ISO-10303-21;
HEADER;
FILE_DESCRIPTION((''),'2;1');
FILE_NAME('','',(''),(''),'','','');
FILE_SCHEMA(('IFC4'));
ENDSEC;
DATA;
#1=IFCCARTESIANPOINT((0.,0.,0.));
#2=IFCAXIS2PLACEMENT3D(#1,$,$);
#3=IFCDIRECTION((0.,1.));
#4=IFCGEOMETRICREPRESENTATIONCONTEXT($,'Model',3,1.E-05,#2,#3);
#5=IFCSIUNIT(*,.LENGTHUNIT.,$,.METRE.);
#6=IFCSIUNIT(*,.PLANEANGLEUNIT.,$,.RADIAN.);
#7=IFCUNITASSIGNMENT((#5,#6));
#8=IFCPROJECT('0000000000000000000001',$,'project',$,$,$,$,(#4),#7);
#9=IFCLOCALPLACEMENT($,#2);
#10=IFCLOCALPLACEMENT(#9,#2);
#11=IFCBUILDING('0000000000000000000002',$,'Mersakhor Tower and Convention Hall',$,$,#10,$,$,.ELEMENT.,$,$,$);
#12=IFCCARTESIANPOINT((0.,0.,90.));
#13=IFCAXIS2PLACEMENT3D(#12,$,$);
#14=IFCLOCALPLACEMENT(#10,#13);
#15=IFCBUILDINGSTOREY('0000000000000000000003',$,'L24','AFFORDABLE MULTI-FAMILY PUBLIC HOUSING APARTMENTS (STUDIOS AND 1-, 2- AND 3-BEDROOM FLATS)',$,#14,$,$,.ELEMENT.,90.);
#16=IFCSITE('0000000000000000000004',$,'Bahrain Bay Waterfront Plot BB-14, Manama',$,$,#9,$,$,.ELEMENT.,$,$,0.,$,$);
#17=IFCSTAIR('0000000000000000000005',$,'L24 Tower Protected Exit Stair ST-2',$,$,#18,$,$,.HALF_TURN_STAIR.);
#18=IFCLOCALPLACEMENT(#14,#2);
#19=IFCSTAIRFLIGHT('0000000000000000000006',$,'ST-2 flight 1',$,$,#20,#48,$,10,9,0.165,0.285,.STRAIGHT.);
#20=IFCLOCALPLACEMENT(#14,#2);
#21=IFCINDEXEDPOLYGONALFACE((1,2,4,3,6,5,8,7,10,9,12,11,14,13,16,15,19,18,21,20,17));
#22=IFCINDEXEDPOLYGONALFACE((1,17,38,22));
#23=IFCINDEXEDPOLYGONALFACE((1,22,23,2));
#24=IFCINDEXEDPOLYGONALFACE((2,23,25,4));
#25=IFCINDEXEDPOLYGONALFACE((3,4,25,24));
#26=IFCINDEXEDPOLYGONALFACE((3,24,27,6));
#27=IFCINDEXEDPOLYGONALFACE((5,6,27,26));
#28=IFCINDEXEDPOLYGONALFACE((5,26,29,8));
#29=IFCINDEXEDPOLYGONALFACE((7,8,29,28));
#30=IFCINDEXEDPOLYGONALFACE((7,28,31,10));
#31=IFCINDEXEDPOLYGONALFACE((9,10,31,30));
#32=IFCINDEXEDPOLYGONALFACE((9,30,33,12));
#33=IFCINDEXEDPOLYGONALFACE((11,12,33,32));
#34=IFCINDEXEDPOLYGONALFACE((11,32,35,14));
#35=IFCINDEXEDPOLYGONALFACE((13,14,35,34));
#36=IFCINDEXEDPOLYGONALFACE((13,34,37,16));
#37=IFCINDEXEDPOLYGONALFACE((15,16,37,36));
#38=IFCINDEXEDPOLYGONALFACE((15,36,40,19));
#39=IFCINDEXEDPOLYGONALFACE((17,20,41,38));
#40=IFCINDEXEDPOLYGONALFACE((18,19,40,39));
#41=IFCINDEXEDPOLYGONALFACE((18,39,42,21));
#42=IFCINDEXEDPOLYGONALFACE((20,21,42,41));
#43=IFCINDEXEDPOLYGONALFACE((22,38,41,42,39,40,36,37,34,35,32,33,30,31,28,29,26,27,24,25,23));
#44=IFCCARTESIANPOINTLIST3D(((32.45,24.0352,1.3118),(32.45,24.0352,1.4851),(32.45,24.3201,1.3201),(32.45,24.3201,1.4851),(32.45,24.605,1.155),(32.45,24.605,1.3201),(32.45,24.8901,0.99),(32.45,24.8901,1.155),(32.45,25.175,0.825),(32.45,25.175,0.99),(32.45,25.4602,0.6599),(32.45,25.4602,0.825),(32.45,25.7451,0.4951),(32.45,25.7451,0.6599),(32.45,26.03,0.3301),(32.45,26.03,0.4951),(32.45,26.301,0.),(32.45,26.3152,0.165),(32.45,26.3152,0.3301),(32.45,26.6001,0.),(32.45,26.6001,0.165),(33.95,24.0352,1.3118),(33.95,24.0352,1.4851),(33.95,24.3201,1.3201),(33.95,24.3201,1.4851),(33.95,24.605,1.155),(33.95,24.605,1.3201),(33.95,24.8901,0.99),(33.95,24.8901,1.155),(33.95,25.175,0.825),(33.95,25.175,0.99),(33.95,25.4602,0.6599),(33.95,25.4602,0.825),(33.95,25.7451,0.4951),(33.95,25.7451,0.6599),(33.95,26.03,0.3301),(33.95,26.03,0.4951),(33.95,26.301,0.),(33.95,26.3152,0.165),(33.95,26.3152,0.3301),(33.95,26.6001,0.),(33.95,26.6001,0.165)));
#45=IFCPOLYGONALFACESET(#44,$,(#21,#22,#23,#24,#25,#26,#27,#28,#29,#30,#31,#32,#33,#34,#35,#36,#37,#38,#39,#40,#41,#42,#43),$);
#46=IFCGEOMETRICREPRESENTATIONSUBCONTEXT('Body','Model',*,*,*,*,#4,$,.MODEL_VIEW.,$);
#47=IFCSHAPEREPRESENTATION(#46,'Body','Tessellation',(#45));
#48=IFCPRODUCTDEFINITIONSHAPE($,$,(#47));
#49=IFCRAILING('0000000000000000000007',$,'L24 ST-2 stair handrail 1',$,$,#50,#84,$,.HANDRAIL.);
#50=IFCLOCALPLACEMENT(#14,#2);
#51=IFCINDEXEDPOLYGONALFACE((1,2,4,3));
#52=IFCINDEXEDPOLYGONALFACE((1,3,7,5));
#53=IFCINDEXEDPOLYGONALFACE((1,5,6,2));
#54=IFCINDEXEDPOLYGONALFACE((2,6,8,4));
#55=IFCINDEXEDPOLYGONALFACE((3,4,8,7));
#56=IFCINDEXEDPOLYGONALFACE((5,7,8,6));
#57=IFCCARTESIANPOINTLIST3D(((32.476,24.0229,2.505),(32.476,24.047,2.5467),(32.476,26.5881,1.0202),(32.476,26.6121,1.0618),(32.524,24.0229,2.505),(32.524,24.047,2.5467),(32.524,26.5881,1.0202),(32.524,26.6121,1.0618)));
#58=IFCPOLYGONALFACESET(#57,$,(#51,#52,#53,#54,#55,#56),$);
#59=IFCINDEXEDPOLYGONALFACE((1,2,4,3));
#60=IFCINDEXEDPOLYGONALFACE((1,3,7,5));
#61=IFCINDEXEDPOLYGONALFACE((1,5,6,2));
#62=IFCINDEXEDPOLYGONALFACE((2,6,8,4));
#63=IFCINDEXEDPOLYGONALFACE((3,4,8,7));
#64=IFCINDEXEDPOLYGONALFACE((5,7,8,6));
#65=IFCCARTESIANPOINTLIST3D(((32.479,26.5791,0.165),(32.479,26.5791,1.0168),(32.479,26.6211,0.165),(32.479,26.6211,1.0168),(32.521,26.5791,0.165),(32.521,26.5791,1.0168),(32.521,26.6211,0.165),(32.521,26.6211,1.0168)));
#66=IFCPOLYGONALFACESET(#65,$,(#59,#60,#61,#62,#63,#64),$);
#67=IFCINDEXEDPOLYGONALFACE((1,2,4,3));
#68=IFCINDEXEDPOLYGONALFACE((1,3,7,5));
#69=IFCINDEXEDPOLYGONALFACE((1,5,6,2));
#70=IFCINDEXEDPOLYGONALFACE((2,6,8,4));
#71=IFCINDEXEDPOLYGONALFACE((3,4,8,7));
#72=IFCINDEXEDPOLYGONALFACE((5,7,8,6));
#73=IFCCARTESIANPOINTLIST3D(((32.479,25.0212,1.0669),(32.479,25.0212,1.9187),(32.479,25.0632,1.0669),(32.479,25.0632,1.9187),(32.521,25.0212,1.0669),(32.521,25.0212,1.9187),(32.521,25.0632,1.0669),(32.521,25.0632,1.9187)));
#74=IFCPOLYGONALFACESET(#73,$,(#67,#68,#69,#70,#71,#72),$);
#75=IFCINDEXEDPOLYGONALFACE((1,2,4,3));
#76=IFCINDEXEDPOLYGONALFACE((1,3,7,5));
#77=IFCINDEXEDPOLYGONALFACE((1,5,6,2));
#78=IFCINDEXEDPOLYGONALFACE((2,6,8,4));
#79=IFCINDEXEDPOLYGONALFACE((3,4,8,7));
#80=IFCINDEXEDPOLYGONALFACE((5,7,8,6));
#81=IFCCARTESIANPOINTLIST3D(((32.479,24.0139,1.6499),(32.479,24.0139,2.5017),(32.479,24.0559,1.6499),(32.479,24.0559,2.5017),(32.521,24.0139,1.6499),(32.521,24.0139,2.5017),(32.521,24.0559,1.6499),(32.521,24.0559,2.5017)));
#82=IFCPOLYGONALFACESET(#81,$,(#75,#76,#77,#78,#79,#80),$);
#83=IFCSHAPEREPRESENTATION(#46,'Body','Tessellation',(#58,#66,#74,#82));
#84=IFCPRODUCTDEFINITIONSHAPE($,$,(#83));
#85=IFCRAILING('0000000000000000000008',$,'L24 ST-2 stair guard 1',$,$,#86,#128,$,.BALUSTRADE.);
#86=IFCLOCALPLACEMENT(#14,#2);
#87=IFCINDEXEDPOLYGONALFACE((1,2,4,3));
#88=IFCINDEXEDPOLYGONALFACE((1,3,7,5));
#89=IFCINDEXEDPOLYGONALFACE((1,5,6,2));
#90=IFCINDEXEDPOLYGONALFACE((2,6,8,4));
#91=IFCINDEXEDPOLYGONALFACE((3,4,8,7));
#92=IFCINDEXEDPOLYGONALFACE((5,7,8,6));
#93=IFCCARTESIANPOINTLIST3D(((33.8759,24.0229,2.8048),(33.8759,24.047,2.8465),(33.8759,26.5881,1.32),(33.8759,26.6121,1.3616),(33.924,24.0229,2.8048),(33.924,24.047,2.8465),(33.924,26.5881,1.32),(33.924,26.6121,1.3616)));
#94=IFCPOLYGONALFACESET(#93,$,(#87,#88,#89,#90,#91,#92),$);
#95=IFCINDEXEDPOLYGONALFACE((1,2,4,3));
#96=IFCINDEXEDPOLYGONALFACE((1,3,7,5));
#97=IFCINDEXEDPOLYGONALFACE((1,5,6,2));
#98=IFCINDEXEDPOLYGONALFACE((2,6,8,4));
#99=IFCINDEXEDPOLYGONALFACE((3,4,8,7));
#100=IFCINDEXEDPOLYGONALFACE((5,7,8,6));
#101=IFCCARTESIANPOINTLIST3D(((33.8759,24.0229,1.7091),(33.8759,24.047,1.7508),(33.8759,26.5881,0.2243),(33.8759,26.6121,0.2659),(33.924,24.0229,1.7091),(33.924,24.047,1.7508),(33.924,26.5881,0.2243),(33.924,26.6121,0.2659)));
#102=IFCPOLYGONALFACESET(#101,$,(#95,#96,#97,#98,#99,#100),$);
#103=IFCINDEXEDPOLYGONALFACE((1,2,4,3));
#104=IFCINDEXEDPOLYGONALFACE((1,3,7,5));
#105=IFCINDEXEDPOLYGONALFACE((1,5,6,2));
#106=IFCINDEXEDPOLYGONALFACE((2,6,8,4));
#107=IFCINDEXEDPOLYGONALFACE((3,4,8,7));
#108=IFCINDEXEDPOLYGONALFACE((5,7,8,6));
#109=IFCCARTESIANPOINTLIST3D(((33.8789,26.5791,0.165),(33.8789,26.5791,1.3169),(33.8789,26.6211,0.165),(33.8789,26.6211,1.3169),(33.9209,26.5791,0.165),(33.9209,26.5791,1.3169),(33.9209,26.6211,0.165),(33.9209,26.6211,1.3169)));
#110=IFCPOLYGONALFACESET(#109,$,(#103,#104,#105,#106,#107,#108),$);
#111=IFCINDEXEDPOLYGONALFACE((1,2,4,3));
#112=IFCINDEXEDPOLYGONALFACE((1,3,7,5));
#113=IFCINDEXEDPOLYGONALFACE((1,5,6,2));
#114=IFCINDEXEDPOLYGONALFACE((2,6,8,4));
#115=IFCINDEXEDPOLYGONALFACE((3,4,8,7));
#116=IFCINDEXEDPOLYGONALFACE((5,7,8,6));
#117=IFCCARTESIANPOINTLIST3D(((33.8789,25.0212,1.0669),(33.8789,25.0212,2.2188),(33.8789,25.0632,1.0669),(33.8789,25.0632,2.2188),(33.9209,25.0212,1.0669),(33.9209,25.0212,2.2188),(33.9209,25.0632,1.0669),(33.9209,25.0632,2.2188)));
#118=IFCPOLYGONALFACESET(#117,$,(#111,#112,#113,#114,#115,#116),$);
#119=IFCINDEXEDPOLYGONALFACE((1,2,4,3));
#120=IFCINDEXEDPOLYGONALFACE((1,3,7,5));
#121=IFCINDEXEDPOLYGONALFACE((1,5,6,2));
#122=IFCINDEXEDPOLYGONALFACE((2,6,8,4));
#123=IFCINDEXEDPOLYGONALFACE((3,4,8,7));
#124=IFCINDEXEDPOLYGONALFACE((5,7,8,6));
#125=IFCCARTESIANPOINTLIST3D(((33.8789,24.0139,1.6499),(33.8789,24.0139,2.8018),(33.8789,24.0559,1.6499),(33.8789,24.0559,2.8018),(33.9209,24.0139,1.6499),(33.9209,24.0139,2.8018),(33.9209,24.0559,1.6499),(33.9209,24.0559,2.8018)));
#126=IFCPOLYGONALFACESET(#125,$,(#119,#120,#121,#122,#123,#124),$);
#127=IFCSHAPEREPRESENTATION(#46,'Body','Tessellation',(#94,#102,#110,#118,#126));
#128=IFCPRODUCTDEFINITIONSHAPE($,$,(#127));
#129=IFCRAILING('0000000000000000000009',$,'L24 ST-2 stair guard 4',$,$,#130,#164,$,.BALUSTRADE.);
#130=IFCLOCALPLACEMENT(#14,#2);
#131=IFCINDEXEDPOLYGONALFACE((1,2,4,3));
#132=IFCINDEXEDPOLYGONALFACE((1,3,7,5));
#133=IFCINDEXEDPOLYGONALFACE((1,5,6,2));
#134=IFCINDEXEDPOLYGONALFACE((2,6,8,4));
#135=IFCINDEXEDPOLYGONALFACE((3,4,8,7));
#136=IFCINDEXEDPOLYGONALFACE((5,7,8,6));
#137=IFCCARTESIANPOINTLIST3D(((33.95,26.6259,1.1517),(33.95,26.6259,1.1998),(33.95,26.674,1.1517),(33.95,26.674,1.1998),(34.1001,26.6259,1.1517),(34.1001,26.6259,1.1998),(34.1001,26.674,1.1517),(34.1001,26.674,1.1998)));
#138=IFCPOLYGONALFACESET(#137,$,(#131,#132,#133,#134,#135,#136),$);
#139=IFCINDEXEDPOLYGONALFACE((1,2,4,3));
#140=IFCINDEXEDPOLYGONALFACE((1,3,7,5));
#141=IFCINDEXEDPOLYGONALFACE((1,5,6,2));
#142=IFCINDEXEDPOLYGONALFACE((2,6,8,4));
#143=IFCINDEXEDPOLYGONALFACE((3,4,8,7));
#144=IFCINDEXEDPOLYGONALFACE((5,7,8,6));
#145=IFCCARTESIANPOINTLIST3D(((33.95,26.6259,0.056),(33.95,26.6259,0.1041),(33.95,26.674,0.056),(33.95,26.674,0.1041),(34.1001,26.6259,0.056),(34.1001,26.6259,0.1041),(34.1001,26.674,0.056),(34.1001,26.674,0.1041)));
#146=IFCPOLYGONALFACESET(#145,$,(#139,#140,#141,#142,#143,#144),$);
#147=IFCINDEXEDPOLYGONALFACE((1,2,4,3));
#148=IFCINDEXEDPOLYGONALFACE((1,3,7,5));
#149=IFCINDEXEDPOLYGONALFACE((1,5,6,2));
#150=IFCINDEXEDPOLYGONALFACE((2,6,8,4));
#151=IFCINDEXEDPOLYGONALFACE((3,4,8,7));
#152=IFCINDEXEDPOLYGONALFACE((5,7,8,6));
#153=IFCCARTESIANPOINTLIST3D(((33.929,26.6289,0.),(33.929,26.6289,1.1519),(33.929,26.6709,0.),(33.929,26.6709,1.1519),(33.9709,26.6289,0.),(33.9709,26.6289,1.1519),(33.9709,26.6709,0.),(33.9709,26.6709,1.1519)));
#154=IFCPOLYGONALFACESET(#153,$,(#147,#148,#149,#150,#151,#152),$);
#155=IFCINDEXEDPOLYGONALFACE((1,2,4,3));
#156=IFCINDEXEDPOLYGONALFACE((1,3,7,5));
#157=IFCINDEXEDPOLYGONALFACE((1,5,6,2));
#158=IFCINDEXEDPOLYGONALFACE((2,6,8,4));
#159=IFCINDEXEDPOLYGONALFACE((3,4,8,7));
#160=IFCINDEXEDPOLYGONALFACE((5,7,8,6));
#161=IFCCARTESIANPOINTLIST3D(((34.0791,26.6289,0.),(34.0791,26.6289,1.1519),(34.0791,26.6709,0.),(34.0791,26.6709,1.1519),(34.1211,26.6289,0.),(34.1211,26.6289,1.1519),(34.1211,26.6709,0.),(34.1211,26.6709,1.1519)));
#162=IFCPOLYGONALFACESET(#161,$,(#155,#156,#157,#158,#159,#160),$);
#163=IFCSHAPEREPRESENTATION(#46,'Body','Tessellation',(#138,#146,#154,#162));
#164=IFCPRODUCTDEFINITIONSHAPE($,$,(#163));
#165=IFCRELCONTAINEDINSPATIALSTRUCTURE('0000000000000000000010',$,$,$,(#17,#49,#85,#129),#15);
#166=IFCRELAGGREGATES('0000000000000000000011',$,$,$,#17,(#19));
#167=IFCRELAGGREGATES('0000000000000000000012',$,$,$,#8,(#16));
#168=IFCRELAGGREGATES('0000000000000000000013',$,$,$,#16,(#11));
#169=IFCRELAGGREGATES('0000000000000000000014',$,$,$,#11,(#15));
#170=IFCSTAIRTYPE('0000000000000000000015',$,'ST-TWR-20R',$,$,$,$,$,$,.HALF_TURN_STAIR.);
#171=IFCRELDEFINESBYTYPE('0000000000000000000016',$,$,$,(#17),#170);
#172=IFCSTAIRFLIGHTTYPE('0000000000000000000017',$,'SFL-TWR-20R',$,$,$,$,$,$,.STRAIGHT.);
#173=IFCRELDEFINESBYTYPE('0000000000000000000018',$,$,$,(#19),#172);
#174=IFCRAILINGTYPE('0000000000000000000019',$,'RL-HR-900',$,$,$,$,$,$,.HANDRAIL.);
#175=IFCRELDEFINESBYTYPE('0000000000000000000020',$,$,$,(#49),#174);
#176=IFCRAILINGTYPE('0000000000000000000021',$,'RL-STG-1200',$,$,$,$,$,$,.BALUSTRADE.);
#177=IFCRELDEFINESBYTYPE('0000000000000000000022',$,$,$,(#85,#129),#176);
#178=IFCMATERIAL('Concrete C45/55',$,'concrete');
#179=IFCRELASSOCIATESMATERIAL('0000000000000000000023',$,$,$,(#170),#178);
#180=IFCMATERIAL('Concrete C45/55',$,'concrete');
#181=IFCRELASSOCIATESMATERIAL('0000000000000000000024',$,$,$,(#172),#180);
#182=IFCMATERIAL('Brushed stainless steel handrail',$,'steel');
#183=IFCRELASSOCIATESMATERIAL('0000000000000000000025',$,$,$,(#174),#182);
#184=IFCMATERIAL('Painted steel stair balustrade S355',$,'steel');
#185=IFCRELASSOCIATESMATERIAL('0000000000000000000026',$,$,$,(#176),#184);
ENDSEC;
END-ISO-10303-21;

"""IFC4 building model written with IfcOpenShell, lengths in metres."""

from ifc_helpers import new_model, si_unit, direction, frame, origin, origin_2d, place, context, subcontext, project, spatial, polyline, rectangle, outline, extrude, material, type_object, element, aggregate, save


model = new_model("IFC4")

# Units and contexts
model_context = context("Model", 3, precision=1e-05, world=origin(), true_north=direction((0.0, 1.0)))
body_context = subcontext(model_context, "Body", "Model", "MODEL_VIEW")
ifc_project = project(units=[si_unit("LENGTHUNIT", "METRE"), si_unit("PLANEANGLEUNIT", "RADIAN")], contexts=[model_context])

# Site, building, storey
site_placement = place(None, origin())
site = spatial("IfcSite", under=ifc_project, at=site_placement, Name="Bahrain Bay Waterfront Plot BB-14, Manama", CompositionType="ELEMENT", RefElevation=0.0)
building_placement = place(site_placement, origin())
building = spatial("IfcBuilding", under=site, at=building_placement, Name="Mersakhor Tower and Convention Hall", CompositionType="ELEMENT")
storey_placement = place(building_placement, frame((0.0, 0.0, 90.0)))
storey = spatial("IfcBuildingStorey", under=building, at=storey_placement, Name="L24", Description="AFFORDABLE MULTI-FAMILY PUBLIC HOUSING APARTMENTS (STUDIOS AND 1-, 2- AND 3-BEDROOM FLATS)", CompositionType="ELEMENT", Elevation=90.0)

# Stair, stair flight
ifc_material_1 = material(Name="Concrete C45/55", Category="concrete")
stair_type = type_object("IfcStairType", Name="ST-TWR-20R", PredefinedType="HALF_TURN_STAIR", material=ifc_material_1)
stair_placement = place(storey_placement, origin())
stair = element("IfcStair", 1, at=stair_placement, inside=storey, type_object=stair_type, Name="L24 Tower Protected Exit Stair ST-2", PredefinedType="HALF_TURN_STAIR")
ifc_material_2 = material(Name="Concrete C45/55", Category="concrete")
stair_flight_type = type_object("IfcStairFlightType", Name="SFL-TWR-20R", PredefinedType="STRAIGHT", material=ifc_material_2)
stair_flight_placement = place(storey_placement, frame((33.2, 26.6001, 0.0), z_axis=(0.0, 0.0, 1.0), x_axis=(0.0, -1.0, 0.0)))
stair_flight = element("IfcStairFlight", 2, at=stair_flight_placement, type_object=stair_flight_type, Name="ST-2 flight 1", NumberOfRisers=10, NumberOfTreads=9, PredefinedType="STRAIGHT", RiserHeight=0.165, TreadLength=0.285, context=body_context, shape_type="SweptSolid", body=[
    extrude(outline(polyline([(0.0, 0.0), (0.0, 0.165), (0.2849, 0.165), (0.2849, 0.3301), (0.5701, 0.3301), (0.5701, 0.4951), (0.855, 0.4951), (0.855, 0.6599), (1.1399, 0.6599), (1.1399, 0.825), (1.425, 0.825), (1.425, 0.99), (1.71, 0.99), (1.71, 1.155), (1.9951, 1.155), (1.9951, 1.3201), (2.28, 1.3201), (2.28, 1.4851), (2.5649, 1.4851), (2.5649, 1.6499), (2.5649, 1.3118), (0.2991, 0.0), (0.0, 0.0)])), frame((0.0, 0.75, 0.0), z_axis=(0.0, -1.0, 0.0), x_axis=(1.0, 0.0, 0.0)), (0.0, 0.0, 1.0), 1.5),
])
aggregate(stair, [stair_flight])

# Railings
ifc_material_3 = material(Name="Brushed stainless steel handrail", Category="steel")
railing_type_1 = type_object("IfcRailingType", Name="RL-HR-900", PredefinedType="HANDRAIL", material=ifc_material_3)
railing_1_placement = place(storey_placement, frame((32.5, 26.6001, 0.165)))
element("IfcRailing", 3, at=railing_1_placement, inside=storey, type_object=railing_type_1, Name="L24 ST-2 stair handrail 1", PredefinedType="HANDRAIL", context=body_context, shape_type="SweptSolid", body=[
    extrude(rectangle(XDim=0.0481, YDim=0.0481, at=origin_2d()), frame((0.0, 0.0, 0.876), z_axis=(0.0, -0.865462, 0.500975), x_axis=(1.0, 0.0, 0.0)), (0.0, 0.0, 1.0), 2.9639),
    extrude(rectangle(XDim=0.042, YDim=0.042, at=origin_2d()), origin(), (0.0, 0.0, 1.0), 0.8518),
    extrude(rectangle(XDim=0.042, YDim=0.042, at=origin_2d()), frame((0.0, -1.5579, 0.9019)), (0.0, 0.0, 1.0), 0.8518),
    extrude(rectangle(XDim=0.042, YDim=0.042, at=origin_2d()), frame((0.0, -2.5652, 1.4849)), (0.0, 0.0, 1.0), 0.8518),
])
ifc_material_4 = material(Name="Painted steel stair balustrade S355", Category="steel")
railing_type_2 = type_object("IfcRailingType", Name="RL-STG-1200", PredefinedType="BALUSTRADE", material=ifc_material_4)
railing_2_placement = place(storey_placement, frame((33.8999, 26.6001, 0.165)))
element("IfcRailing", 4, at=railing_2_placement, inside=storey, type_object=railing_type_2, Name="L24 ST-2 stair guard 1", PredefinedType="BALUSTRADE", context=body_context, shape_type="SweptSolid", body=[
    extrude(rectangle(XDim=0.0481, YDim=0.0481, at=origin_2d()), frame((0.0, 0.0, 1.1758), z_axis=(0.0, -0.865462, 0.500975), x_axis=(1.0, 0.0, 0.0)), (0.0, 0.0, 1.0), 2.9639),
    extrude(rectangle(XDim=0.0481, YDim=0.0481, at=origin_2d()), frame((0.0, 0.0, 0.0801), z_axis=(0.0, -0.865462, 0.500975), x_axis=(1.0, 0.0, 0.0)), (0.0, 0.0, 1.0), 2.9639),
    extrude(rectangle(XDim=0.042, YDim=0.042, at=origin_2d()), origin(), (0.0, 0.0, 1.0), 1.1519),
    extrude(rectangle(XDim=0.042, YDim=0.042, at=origin_2d()), frame((0.0, -1.5579, 0.9019)), (0.0, 0.0, 1.0), 1.1519),
    extrude(rectangle(XDim=0.042, YDim=0.042, at=origin_2d()), frame((0.0, -2.5652, 1.4849)), (0.0, 0.0, 1.0), 1.1519),
])
railing_3_placement = place(storey_placement, frame((33.95, 26.6499, 0.0)))
element("IfcRailing", 5, at=railing_3_placement, inside=storey, type_object=railing_type_2, Name="L24 ST-2 stair guard 4", PredefinedType="BALUSTRADE", context=body_context, shape_type="SweptSolid", body=[
    extrude(rectangle(XDim=0.0481, YDim=0.0481, at=origin_2d()), frame((0.0, 0.0, 1.1758), z_axis=(1.0, 0.0, 0.0), x_axis=(0.0, 1.0, 0.0)), (0.0, 0.0, 1.0), 0.1501),
    extrude(rectangle(XDim=0.0481, YDim=0.0481, at=origin_2d()), frame((0.0, 0.0, 0.0801), z_axis=(1.0, 0.0, 0.0), x_axis=(0.0, 1.0, 0.0)), (0.0, 0.0, 1.0), 0.1501),
    extrude(rectangle(XDim=0.042, YDim=0.042, at=origin_2d()), origin(), (0.0, 0.0, 1.0), 1.1519),
    extrude(rectangle(XDim=0.042, YDim=0.042, at=origin_2d()), frame((0.1501, 0.0, 0.0)), (0.0, 0.0, 1.0), 1.1519),
])

save(model, "model.ifc")
